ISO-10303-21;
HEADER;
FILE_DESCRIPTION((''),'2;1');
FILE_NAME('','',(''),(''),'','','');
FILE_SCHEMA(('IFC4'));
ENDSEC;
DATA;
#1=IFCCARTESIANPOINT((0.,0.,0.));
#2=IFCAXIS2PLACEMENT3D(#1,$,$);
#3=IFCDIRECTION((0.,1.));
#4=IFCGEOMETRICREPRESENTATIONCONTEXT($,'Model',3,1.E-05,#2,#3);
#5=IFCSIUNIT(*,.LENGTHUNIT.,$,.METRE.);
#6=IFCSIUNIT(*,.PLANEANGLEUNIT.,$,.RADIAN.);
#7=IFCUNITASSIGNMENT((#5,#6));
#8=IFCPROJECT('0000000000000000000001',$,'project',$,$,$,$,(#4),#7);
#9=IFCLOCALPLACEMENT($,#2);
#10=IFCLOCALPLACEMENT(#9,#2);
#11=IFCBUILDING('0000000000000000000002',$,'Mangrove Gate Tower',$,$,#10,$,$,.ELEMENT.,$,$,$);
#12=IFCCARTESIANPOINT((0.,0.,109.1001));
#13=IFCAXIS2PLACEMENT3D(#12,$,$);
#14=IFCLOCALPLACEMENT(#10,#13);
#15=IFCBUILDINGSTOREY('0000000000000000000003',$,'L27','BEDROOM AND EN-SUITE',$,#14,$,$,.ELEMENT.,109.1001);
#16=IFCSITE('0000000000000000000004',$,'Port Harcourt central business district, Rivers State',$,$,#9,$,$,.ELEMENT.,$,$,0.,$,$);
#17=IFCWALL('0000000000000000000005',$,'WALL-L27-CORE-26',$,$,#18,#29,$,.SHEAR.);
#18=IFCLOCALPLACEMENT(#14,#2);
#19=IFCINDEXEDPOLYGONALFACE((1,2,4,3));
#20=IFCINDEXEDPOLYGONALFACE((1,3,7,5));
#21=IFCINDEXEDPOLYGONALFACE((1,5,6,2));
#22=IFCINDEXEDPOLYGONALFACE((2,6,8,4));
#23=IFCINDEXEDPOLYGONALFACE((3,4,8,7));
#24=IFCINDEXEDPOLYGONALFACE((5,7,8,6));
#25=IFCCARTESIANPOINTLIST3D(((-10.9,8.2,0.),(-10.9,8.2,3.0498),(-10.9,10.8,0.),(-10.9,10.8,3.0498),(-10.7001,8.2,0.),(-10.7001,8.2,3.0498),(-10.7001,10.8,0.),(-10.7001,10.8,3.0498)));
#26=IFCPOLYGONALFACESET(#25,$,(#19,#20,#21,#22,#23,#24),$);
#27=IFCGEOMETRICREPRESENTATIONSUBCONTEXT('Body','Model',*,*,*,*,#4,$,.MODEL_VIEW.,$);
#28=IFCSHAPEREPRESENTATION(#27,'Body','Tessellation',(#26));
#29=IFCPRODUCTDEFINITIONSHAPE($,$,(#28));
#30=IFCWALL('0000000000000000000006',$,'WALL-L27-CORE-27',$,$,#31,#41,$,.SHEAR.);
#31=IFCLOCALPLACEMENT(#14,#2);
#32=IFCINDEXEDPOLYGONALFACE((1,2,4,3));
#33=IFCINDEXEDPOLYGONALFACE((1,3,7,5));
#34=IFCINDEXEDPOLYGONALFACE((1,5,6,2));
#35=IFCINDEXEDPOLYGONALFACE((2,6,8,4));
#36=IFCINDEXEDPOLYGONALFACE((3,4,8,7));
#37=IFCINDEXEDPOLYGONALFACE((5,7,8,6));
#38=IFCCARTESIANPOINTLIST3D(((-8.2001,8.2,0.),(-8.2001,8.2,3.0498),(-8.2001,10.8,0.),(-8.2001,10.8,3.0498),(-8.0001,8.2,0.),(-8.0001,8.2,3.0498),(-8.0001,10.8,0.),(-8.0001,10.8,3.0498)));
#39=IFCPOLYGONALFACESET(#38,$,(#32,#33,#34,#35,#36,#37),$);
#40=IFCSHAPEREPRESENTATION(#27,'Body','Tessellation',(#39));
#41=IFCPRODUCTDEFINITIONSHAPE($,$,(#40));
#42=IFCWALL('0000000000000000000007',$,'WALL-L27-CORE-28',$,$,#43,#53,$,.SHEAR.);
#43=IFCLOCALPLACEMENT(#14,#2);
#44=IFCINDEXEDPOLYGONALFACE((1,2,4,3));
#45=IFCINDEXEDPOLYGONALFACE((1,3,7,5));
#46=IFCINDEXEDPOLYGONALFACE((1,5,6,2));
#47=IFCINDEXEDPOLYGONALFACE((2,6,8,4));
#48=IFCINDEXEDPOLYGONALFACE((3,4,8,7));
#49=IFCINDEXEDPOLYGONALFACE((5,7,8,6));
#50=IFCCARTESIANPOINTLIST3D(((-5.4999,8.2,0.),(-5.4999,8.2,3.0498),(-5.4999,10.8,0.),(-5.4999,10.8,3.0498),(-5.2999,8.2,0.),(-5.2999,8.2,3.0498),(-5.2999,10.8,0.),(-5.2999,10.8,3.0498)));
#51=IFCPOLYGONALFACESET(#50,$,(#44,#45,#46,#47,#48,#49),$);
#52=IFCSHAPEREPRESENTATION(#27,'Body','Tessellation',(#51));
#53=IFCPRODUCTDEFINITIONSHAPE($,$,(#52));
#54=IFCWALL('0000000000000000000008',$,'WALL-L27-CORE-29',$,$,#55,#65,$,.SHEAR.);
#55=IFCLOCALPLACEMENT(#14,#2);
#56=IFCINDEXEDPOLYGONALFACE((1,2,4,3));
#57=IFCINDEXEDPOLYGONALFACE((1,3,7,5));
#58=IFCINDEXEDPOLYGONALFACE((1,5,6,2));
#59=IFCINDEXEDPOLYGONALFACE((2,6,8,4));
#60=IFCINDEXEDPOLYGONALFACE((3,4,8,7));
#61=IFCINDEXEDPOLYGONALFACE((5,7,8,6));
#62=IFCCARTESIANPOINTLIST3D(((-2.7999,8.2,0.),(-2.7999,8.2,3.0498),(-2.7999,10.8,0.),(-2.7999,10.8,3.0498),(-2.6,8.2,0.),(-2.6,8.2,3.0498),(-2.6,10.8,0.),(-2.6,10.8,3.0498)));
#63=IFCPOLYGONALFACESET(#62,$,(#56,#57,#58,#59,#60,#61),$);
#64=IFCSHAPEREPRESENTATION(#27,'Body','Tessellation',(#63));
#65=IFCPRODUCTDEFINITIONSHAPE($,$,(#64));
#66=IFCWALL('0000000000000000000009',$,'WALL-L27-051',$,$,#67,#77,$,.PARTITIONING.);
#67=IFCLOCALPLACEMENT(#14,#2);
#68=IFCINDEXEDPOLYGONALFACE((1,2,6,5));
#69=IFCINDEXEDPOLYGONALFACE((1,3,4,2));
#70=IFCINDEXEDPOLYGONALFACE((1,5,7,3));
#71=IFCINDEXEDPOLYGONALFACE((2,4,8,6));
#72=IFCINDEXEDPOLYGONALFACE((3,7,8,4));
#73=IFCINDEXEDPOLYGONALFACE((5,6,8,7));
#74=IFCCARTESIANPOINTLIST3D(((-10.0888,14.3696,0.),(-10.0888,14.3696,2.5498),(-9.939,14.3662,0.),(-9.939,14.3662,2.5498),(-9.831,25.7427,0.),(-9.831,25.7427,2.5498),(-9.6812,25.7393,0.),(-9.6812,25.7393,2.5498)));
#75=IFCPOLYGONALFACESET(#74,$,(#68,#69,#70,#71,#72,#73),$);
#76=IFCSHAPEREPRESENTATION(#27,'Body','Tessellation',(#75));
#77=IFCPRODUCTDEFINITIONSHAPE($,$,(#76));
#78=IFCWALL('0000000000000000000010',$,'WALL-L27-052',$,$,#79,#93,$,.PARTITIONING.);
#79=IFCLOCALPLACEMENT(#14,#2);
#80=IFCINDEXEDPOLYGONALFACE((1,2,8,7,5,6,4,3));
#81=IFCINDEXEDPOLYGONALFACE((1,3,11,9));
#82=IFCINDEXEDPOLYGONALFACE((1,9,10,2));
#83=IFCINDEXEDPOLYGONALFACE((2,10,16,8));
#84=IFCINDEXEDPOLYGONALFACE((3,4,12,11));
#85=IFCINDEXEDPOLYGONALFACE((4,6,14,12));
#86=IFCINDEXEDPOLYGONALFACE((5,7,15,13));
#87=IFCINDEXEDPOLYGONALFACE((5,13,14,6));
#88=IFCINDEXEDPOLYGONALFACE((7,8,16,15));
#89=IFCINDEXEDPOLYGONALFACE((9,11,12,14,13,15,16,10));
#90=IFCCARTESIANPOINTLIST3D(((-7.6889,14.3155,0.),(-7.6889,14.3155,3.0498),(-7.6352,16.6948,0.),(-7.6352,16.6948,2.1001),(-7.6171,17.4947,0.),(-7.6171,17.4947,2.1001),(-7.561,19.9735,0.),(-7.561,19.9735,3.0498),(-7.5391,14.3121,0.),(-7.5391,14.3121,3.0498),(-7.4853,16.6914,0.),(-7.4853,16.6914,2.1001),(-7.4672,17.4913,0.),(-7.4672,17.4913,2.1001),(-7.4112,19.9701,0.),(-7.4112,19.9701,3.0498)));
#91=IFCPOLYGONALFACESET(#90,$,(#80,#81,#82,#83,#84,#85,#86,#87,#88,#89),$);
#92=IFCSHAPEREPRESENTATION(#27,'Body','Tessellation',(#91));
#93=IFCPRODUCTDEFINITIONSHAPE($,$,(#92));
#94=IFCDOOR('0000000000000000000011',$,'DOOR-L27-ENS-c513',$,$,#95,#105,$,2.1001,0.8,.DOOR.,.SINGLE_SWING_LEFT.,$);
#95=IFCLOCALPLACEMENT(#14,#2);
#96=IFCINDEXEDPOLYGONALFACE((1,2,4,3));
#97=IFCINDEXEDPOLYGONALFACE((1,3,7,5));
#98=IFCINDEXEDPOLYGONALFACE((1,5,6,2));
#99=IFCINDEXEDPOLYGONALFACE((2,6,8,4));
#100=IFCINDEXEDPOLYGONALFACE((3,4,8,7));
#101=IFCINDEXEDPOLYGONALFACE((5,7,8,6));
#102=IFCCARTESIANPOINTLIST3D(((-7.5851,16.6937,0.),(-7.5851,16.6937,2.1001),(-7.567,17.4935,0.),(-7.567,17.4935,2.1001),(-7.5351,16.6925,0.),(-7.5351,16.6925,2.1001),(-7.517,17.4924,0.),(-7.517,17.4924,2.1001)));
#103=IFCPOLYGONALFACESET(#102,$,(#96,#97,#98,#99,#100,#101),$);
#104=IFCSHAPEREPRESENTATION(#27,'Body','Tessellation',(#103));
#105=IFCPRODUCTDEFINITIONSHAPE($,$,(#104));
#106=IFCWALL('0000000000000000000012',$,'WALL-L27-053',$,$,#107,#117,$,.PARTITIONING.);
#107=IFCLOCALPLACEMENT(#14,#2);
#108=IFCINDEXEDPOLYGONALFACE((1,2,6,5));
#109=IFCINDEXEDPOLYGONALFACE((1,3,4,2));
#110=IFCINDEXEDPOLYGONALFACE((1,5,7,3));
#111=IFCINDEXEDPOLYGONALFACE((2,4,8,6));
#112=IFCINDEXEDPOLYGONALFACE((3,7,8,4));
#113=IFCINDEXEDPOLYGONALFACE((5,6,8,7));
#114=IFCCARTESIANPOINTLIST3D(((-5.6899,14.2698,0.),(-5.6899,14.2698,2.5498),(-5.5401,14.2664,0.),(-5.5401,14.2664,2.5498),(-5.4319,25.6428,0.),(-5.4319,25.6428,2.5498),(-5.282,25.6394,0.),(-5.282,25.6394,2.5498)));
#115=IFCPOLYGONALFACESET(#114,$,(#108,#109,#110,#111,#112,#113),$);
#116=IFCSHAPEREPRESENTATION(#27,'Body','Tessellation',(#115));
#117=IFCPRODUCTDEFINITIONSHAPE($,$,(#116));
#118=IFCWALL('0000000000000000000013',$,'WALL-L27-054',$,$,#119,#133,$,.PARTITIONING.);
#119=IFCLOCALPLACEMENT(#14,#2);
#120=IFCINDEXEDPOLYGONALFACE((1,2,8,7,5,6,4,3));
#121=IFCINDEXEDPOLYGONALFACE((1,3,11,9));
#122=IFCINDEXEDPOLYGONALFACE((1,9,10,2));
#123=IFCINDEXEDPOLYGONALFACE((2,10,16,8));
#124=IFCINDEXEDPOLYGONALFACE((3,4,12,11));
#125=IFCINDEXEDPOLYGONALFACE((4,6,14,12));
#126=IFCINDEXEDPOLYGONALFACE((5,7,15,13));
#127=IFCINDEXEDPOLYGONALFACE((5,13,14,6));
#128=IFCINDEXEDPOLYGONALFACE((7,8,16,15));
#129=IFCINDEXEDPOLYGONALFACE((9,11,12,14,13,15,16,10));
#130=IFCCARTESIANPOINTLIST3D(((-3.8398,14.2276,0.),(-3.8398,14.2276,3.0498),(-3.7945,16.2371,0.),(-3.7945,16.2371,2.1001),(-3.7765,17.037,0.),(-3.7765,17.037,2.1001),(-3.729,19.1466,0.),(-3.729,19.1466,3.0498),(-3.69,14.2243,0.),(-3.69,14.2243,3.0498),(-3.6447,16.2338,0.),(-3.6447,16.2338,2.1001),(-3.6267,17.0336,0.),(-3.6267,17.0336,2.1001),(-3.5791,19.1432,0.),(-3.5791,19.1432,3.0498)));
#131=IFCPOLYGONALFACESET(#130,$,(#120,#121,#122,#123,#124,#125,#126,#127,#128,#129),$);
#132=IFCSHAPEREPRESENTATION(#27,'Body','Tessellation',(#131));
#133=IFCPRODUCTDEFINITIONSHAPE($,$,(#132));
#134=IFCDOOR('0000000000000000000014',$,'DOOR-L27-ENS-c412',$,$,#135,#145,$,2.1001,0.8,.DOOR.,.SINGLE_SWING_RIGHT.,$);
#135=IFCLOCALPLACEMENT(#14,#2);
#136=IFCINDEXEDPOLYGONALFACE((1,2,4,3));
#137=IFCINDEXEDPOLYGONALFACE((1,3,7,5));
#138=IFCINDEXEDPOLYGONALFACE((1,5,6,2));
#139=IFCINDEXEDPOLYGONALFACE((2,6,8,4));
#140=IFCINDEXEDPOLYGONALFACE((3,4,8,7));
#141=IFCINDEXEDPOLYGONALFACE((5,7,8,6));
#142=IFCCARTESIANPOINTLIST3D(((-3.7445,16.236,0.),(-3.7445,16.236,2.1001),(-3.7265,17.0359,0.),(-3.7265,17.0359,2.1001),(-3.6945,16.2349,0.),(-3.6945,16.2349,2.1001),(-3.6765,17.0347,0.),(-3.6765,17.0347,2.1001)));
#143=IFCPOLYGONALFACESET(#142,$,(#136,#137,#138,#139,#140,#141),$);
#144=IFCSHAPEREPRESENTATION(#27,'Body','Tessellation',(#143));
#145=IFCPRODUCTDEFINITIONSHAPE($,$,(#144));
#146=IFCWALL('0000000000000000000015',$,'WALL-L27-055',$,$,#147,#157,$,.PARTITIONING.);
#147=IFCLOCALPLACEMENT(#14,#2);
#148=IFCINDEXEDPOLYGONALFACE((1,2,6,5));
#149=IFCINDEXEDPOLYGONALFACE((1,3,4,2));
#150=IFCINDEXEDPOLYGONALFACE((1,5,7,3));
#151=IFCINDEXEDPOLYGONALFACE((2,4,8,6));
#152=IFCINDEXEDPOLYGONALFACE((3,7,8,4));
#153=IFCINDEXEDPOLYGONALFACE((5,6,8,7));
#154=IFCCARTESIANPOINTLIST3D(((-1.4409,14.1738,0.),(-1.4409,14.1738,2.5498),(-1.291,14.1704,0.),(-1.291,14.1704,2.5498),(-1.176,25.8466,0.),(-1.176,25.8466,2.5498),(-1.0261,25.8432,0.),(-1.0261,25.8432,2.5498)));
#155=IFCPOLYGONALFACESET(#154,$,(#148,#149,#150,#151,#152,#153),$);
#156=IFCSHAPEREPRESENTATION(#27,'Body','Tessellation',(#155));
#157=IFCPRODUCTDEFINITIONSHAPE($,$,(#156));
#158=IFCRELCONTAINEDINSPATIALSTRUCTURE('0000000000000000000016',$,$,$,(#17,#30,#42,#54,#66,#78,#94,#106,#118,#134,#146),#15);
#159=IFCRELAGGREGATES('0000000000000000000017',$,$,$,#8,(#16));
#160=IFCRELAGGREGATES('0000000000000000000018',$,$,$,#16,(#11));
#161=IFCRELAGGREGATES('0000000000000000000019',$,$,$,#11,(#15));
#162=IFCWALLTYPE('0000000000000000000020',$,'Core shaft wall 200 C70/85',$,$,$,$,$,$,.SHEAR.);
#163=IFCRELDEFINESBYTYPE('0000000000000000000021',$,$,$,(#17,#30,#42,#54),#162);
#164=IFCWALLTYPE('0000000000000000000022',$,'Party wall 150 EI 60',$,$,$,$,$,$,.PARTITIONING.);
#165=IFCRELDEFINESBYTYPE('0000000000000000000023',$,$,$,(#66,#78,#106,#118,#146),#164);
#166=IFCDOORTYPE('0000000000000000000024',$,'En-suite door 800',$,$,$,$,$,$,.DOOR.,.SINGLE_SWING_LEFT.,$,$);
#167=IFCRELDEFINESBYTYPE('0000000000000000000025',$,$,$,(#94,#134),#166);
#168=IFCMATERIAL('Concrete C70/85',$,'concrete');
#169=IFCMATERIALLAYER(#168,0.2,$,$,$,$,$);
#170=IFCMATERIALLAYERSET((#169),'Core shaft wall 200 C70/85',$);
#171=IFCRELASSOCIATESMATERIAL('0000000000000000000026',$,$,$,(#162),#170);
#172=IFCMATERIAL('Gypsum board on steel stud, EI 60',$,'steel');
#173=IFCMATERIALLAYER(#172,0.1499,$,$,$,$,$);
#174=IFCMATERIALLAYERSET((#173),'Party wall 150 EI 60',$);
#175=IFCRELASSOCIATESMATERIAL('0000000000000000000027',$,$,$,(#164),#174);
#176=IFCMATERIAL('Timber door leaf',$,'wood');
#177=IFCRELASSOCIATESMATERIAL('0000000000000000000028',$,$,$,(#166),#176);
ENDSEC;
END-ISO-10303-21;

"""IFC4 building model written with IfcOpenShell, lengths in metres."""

from ifc_helpers import new_model, si_unit, direction, frame, frame_2d, origin, place, context, subcontext, project, spatial, rectangle, extrude, material, layer, layer_set, type_object, element, fill, save


model = new_model("IFC4")

# Units and contexts
model_context = context("Model", 3, precision=1e-05, world=origin(), true_north=direction((0.0, 1.0)))
body_context = subcontext(model_context, "Body", "Model", "MODEL_VIEW")
ifc_project = project(units=[si_unit("LENGTHUNIT", "METRE"), si_unit("PLANEANGLEUNIT", "RADIAN")], contexts=[model_context])

# Site, building, storey
site_placement = place(None, origin())
site = spatial("IfcSite", under=ifc_project, at=site_placement, Name="Port Harcourt central business district, Rivers State", CompositionType="ELEMENT", RefElevation=0.0)
building_placement = place(site_placement, origin())
building = spatial("IfcBuilding", under=site, at=building_placement, Name="Mangrove Gate Tower", CompositionType="ELEMENT")
storey_placement = place(building_placement, frame((0.0, 0.0, 109.1001)))
storey = spatial("IfcBuildingStorey", under=building, at=storey_placement, Name="L27", Description="BEDROOM AND EN-SUITE", CompositionType="ELEMENT", Elevation=109.1001)

# Walls
ifc_material_1 = material(Name="Concrete C70/85", Category="concrete")
ifc_layer_1 = layer(ifc_material_1, 0.2)
ifc_layer_set_1 = layer_set([ifc_layer_1], Name="Core shaft wall 200 C70/85")
wall_type_1 = type_object("IfcWallType", Name="Core shaft wall 200 C70/85", PredefinedType="SHEAR", material=ifc_layer_set_1)
for number, where, z_axis, x_axis, name in (
    (1, (-10.8, 8.2, 0.0), (0.0, 0.0, 1.0), (0.0, 1.0, 0.0), "WALL-L27-CORE-26"),
    (2, (-8.1001, 8.2, 0.0), (0.0, 0.0, 1.0), (0.0, 1.0, 0.0), "WALL-L27-CORE-27"),
    (3, (-5.3999, 8.2, 0.0), (0.0, 0.0, 1.0), (0.0, 1.0, 0.0), "WALL-L27-CORE-28"),
    (4, (-2.7, 8.2, 0.0), (0.0, 0.0, 1.0), (0.0, 1.0, 0.0), "WALL-L27-CORE-29"),
):
    element("IfcWall", number, at=place(storey_placement, frame(where, z_axis=z_axis, x_axis=x_axis)), inside=storey, type_object=wall_type_1, Name=name, PredefinedType="SHEAR", context=body_context, shape_type="SweptSolid", body=[
        extrude(rectangle(XDim=2.6001, YDim=0.2, at=frame_2d((1.3, 0.0))), origin(), (0.0, 0.0, 1.0), 3.0498),
    ])
ifc_material_2 = material(Name="Gypsum board on steel stud, EI 60", Category="steel")
ifc_layer_2 = layer(ifc_material_2, 0.1499)
ifc_layer_set_2 = layer_set([ifc_layer_2], Name="Party wall 150 EI 60")
wall_type_2 = type_object("IfcWallType", Name="Party wall 150 EI 60", PredefinedType="PARTITIONING", material=ifc_layer_set_2)
wall_1_placement = place(storey_placement, frame((-10.0139, 14.3679, 0.0), z_axis=(0.0, 0.0, 1.0), x_axis=(0.022663, 0.999743, 0.0)))
element("IfcWall", 5, at=wall_1_placement, inside=storey, type_object=wall_type_2, Name="WALL-L27-051", PredefinedType="PARTITIONING", context=body_context, shape_type="SweptSolid", body=[
    extrude(rectangle(XDim=11.376, YDim=0.1499, at=frame_2d((5.688, 0.0))), origin(), (0.0, 0.0, 1.0), 2.5498),
])

# Wall, opening, door
wall_2_placement = place(storey_placement, frame((-7.614, 14.314, 0.0), z_axis=(0.0, 0.0, 1.0), x_axis=(0.022605, 0.999744, 0.0)))
wall_2 = element("IfcWall", 6, at=wall_2_placement, inside=storey, type_object=wall_type_2, Name="WALL-L27-052", PredefinedType="PARTITIONING", context=body_context, shape_type="SweptSolid", body=[
    extrude(rectangle(XDim=5.6594, YDim=0.1499, at=frame_2d((2.8296, 0.0))), origin(), (0.0, 0.0, 1.0), 3.0498),
])
opening_1_placement = place(wall_2_placement, frame((2.3799, 0.0, 0.0)))
opening_1 = element("IfcOpeningElement", 7, at=opening_1_placement, cuts=wall_2, PredefinedType="OPENING", context=body_context, shape_type="SweptSolid", body=[
    extrude(rectangle(XDim=0.8, YDim=2.1001, at=frame_2d((0.3999, 1.05))), frame((0.0, 0.085, 0.0), z_axis=(0.0, -1.0, 0.0), x_axis=(1.0, 0.0, 0.0)), (0.0, 0.0, 1.0), 0.1699),
])
ifc_material_3 = material(Name="Timber door leaf", Category="wood")
door_type = type_object("IfcDoorType", Name="En-suite door 800", OperationType="SINGLE_SWING_LEFT", PredefinedType="DOOR", material=ifc_material_3)
door_1_placement = place(opening_1_placement, origin())
door_1 = element("IfcDoor", 8, at=door_1_placement, inside=storey, type_object=door_type, Name="DOOR-L27-ENS-c513", OperationType="SINGLE_SWING_LEFT", OverallHeight=2.1001, OverallWidth=0.8, PredefinedType="DOOR", context=body_context, shape_type="SweptSolid", body=[
    extrude(rectangle(XDim=0.8, YDim=2.1001, at=frame_2d((0.3999, 1.05))), frame((0.0, 0.0249, 0.0), z_axis=(0.0, -1.0, 0.0), x_axis=(1.0, 0.0, 0.0)), (0.0, 0.0, 1.0), 0.05),
])
fill(opening_1, door_1)

# Wall
wall_3_placement = place(storey_placement, frame((-5.615, 14.2681, 0.0), z_axis=(0.0, 0.0, 1.0), x_axis=(0.022684, 0.999743, 0.0)))
element("IfcWall", 9, at=wall_3_placement, inside=storey, type_object=wall_type_2, Name="WALL-L27-053", PredefinedType="PARTITIONING", context=body_context, shape_type="SweptSolid", body=[
    extrude(rectangle(XDim=11.376, YDim=0.1499, at=frame_2d((5.688, 0.0))), origin(), (0.0, 0.0, 1.0), 2.5498),
])

# Wall, opening, door
wall_4_placement = place(storey_placement, frame((-3.7649, 14.2261, 0.0), z_axis=(0.0, 0.0, 1.0), x_axis=(0.022528, 0.999746, 0.0)))
wall_4 = element("IfcWall", 10, at=wall_4_placement, inside=storey, type_object=wall_type_2, Name="WALL-L27-054", PredefinedType="PARTITIONING", context=body_context, shape_type="SweptSolid", body=[
    extrude(rectangle(XDim=4.9202, YDim=0.1499, at=frame_2d((2.46, 0.0))), origin(), (0.0, 0.0, 1.0), 3.0498),
])
opening_2_placement = place(wall_4_placement, frame((2.01, 0.0, 0.0)))
opening_2 = element("IfcOpeningElement", 11, at=opening_2_placement, cuts=wall_4, PredefinedType="OPENING", context=body_context, shape_type="SweptSolid", body=[
    extrude(rectangle(XDim=0.8, YDim=2.1001, at=frame_2d((0.3999, 1.05))), frame((0.0, 0.085, 0.0), z_axis=(0.0, -1.0, 0.0), x_axis=(1.0, 0.0, 0.0)), (0.0, 0.0, 1.0), 0.1699),
])
door_2_placement = place(opening_2_placement, origin())
door_2 = element("IfcDoor", 12, at=door_2_placement, inside=storey, type_object=door_type, Name="DOOR-L27-ENS-c412", OperationType="SINGLE_SWING_RIGHT", OverallHeight=2.1001, OverallWidth=0.8, PredefinedType="DOOR", context=body_context, shape_type="SweptSolid", body=[
    extrude(rectangle(XDim=0.8, YDim=2.1001, at=frame_2d((0.3999, 1.05))), frame((0.0, 0.0249, 0.0), z_axis=(0.0, -1.0, 0.0), x_axis=(1.0, 0.0, 0.0)), (0.0, 0.0, 1.0), 0.05),
])
fill(opening_2, door_2)

# Wall
wall_5_placement = place(storey_placement, frame((-1.366, 14.1721, 0.0), z_axis=(0.0, 0.0, 1.0), x_axis=(0.022687, 0.999743, 0.0)))
element("IfcWall", 13, at=wall_5_placement, inside=storey, type_object=wall_type_2, Name="WALL-L27-055", PredefinedType="PARTITIONING", context=body_context, shape_type="SweptSolid", body=[
    extrude(rectangle(XDim=11.6758, YDim=0.1499, at=frame_2d((5.8379, 0.0))), origin(), (0.0, 0.0, 1.0), 2.5498),
])

save(model, "model.ifc")
